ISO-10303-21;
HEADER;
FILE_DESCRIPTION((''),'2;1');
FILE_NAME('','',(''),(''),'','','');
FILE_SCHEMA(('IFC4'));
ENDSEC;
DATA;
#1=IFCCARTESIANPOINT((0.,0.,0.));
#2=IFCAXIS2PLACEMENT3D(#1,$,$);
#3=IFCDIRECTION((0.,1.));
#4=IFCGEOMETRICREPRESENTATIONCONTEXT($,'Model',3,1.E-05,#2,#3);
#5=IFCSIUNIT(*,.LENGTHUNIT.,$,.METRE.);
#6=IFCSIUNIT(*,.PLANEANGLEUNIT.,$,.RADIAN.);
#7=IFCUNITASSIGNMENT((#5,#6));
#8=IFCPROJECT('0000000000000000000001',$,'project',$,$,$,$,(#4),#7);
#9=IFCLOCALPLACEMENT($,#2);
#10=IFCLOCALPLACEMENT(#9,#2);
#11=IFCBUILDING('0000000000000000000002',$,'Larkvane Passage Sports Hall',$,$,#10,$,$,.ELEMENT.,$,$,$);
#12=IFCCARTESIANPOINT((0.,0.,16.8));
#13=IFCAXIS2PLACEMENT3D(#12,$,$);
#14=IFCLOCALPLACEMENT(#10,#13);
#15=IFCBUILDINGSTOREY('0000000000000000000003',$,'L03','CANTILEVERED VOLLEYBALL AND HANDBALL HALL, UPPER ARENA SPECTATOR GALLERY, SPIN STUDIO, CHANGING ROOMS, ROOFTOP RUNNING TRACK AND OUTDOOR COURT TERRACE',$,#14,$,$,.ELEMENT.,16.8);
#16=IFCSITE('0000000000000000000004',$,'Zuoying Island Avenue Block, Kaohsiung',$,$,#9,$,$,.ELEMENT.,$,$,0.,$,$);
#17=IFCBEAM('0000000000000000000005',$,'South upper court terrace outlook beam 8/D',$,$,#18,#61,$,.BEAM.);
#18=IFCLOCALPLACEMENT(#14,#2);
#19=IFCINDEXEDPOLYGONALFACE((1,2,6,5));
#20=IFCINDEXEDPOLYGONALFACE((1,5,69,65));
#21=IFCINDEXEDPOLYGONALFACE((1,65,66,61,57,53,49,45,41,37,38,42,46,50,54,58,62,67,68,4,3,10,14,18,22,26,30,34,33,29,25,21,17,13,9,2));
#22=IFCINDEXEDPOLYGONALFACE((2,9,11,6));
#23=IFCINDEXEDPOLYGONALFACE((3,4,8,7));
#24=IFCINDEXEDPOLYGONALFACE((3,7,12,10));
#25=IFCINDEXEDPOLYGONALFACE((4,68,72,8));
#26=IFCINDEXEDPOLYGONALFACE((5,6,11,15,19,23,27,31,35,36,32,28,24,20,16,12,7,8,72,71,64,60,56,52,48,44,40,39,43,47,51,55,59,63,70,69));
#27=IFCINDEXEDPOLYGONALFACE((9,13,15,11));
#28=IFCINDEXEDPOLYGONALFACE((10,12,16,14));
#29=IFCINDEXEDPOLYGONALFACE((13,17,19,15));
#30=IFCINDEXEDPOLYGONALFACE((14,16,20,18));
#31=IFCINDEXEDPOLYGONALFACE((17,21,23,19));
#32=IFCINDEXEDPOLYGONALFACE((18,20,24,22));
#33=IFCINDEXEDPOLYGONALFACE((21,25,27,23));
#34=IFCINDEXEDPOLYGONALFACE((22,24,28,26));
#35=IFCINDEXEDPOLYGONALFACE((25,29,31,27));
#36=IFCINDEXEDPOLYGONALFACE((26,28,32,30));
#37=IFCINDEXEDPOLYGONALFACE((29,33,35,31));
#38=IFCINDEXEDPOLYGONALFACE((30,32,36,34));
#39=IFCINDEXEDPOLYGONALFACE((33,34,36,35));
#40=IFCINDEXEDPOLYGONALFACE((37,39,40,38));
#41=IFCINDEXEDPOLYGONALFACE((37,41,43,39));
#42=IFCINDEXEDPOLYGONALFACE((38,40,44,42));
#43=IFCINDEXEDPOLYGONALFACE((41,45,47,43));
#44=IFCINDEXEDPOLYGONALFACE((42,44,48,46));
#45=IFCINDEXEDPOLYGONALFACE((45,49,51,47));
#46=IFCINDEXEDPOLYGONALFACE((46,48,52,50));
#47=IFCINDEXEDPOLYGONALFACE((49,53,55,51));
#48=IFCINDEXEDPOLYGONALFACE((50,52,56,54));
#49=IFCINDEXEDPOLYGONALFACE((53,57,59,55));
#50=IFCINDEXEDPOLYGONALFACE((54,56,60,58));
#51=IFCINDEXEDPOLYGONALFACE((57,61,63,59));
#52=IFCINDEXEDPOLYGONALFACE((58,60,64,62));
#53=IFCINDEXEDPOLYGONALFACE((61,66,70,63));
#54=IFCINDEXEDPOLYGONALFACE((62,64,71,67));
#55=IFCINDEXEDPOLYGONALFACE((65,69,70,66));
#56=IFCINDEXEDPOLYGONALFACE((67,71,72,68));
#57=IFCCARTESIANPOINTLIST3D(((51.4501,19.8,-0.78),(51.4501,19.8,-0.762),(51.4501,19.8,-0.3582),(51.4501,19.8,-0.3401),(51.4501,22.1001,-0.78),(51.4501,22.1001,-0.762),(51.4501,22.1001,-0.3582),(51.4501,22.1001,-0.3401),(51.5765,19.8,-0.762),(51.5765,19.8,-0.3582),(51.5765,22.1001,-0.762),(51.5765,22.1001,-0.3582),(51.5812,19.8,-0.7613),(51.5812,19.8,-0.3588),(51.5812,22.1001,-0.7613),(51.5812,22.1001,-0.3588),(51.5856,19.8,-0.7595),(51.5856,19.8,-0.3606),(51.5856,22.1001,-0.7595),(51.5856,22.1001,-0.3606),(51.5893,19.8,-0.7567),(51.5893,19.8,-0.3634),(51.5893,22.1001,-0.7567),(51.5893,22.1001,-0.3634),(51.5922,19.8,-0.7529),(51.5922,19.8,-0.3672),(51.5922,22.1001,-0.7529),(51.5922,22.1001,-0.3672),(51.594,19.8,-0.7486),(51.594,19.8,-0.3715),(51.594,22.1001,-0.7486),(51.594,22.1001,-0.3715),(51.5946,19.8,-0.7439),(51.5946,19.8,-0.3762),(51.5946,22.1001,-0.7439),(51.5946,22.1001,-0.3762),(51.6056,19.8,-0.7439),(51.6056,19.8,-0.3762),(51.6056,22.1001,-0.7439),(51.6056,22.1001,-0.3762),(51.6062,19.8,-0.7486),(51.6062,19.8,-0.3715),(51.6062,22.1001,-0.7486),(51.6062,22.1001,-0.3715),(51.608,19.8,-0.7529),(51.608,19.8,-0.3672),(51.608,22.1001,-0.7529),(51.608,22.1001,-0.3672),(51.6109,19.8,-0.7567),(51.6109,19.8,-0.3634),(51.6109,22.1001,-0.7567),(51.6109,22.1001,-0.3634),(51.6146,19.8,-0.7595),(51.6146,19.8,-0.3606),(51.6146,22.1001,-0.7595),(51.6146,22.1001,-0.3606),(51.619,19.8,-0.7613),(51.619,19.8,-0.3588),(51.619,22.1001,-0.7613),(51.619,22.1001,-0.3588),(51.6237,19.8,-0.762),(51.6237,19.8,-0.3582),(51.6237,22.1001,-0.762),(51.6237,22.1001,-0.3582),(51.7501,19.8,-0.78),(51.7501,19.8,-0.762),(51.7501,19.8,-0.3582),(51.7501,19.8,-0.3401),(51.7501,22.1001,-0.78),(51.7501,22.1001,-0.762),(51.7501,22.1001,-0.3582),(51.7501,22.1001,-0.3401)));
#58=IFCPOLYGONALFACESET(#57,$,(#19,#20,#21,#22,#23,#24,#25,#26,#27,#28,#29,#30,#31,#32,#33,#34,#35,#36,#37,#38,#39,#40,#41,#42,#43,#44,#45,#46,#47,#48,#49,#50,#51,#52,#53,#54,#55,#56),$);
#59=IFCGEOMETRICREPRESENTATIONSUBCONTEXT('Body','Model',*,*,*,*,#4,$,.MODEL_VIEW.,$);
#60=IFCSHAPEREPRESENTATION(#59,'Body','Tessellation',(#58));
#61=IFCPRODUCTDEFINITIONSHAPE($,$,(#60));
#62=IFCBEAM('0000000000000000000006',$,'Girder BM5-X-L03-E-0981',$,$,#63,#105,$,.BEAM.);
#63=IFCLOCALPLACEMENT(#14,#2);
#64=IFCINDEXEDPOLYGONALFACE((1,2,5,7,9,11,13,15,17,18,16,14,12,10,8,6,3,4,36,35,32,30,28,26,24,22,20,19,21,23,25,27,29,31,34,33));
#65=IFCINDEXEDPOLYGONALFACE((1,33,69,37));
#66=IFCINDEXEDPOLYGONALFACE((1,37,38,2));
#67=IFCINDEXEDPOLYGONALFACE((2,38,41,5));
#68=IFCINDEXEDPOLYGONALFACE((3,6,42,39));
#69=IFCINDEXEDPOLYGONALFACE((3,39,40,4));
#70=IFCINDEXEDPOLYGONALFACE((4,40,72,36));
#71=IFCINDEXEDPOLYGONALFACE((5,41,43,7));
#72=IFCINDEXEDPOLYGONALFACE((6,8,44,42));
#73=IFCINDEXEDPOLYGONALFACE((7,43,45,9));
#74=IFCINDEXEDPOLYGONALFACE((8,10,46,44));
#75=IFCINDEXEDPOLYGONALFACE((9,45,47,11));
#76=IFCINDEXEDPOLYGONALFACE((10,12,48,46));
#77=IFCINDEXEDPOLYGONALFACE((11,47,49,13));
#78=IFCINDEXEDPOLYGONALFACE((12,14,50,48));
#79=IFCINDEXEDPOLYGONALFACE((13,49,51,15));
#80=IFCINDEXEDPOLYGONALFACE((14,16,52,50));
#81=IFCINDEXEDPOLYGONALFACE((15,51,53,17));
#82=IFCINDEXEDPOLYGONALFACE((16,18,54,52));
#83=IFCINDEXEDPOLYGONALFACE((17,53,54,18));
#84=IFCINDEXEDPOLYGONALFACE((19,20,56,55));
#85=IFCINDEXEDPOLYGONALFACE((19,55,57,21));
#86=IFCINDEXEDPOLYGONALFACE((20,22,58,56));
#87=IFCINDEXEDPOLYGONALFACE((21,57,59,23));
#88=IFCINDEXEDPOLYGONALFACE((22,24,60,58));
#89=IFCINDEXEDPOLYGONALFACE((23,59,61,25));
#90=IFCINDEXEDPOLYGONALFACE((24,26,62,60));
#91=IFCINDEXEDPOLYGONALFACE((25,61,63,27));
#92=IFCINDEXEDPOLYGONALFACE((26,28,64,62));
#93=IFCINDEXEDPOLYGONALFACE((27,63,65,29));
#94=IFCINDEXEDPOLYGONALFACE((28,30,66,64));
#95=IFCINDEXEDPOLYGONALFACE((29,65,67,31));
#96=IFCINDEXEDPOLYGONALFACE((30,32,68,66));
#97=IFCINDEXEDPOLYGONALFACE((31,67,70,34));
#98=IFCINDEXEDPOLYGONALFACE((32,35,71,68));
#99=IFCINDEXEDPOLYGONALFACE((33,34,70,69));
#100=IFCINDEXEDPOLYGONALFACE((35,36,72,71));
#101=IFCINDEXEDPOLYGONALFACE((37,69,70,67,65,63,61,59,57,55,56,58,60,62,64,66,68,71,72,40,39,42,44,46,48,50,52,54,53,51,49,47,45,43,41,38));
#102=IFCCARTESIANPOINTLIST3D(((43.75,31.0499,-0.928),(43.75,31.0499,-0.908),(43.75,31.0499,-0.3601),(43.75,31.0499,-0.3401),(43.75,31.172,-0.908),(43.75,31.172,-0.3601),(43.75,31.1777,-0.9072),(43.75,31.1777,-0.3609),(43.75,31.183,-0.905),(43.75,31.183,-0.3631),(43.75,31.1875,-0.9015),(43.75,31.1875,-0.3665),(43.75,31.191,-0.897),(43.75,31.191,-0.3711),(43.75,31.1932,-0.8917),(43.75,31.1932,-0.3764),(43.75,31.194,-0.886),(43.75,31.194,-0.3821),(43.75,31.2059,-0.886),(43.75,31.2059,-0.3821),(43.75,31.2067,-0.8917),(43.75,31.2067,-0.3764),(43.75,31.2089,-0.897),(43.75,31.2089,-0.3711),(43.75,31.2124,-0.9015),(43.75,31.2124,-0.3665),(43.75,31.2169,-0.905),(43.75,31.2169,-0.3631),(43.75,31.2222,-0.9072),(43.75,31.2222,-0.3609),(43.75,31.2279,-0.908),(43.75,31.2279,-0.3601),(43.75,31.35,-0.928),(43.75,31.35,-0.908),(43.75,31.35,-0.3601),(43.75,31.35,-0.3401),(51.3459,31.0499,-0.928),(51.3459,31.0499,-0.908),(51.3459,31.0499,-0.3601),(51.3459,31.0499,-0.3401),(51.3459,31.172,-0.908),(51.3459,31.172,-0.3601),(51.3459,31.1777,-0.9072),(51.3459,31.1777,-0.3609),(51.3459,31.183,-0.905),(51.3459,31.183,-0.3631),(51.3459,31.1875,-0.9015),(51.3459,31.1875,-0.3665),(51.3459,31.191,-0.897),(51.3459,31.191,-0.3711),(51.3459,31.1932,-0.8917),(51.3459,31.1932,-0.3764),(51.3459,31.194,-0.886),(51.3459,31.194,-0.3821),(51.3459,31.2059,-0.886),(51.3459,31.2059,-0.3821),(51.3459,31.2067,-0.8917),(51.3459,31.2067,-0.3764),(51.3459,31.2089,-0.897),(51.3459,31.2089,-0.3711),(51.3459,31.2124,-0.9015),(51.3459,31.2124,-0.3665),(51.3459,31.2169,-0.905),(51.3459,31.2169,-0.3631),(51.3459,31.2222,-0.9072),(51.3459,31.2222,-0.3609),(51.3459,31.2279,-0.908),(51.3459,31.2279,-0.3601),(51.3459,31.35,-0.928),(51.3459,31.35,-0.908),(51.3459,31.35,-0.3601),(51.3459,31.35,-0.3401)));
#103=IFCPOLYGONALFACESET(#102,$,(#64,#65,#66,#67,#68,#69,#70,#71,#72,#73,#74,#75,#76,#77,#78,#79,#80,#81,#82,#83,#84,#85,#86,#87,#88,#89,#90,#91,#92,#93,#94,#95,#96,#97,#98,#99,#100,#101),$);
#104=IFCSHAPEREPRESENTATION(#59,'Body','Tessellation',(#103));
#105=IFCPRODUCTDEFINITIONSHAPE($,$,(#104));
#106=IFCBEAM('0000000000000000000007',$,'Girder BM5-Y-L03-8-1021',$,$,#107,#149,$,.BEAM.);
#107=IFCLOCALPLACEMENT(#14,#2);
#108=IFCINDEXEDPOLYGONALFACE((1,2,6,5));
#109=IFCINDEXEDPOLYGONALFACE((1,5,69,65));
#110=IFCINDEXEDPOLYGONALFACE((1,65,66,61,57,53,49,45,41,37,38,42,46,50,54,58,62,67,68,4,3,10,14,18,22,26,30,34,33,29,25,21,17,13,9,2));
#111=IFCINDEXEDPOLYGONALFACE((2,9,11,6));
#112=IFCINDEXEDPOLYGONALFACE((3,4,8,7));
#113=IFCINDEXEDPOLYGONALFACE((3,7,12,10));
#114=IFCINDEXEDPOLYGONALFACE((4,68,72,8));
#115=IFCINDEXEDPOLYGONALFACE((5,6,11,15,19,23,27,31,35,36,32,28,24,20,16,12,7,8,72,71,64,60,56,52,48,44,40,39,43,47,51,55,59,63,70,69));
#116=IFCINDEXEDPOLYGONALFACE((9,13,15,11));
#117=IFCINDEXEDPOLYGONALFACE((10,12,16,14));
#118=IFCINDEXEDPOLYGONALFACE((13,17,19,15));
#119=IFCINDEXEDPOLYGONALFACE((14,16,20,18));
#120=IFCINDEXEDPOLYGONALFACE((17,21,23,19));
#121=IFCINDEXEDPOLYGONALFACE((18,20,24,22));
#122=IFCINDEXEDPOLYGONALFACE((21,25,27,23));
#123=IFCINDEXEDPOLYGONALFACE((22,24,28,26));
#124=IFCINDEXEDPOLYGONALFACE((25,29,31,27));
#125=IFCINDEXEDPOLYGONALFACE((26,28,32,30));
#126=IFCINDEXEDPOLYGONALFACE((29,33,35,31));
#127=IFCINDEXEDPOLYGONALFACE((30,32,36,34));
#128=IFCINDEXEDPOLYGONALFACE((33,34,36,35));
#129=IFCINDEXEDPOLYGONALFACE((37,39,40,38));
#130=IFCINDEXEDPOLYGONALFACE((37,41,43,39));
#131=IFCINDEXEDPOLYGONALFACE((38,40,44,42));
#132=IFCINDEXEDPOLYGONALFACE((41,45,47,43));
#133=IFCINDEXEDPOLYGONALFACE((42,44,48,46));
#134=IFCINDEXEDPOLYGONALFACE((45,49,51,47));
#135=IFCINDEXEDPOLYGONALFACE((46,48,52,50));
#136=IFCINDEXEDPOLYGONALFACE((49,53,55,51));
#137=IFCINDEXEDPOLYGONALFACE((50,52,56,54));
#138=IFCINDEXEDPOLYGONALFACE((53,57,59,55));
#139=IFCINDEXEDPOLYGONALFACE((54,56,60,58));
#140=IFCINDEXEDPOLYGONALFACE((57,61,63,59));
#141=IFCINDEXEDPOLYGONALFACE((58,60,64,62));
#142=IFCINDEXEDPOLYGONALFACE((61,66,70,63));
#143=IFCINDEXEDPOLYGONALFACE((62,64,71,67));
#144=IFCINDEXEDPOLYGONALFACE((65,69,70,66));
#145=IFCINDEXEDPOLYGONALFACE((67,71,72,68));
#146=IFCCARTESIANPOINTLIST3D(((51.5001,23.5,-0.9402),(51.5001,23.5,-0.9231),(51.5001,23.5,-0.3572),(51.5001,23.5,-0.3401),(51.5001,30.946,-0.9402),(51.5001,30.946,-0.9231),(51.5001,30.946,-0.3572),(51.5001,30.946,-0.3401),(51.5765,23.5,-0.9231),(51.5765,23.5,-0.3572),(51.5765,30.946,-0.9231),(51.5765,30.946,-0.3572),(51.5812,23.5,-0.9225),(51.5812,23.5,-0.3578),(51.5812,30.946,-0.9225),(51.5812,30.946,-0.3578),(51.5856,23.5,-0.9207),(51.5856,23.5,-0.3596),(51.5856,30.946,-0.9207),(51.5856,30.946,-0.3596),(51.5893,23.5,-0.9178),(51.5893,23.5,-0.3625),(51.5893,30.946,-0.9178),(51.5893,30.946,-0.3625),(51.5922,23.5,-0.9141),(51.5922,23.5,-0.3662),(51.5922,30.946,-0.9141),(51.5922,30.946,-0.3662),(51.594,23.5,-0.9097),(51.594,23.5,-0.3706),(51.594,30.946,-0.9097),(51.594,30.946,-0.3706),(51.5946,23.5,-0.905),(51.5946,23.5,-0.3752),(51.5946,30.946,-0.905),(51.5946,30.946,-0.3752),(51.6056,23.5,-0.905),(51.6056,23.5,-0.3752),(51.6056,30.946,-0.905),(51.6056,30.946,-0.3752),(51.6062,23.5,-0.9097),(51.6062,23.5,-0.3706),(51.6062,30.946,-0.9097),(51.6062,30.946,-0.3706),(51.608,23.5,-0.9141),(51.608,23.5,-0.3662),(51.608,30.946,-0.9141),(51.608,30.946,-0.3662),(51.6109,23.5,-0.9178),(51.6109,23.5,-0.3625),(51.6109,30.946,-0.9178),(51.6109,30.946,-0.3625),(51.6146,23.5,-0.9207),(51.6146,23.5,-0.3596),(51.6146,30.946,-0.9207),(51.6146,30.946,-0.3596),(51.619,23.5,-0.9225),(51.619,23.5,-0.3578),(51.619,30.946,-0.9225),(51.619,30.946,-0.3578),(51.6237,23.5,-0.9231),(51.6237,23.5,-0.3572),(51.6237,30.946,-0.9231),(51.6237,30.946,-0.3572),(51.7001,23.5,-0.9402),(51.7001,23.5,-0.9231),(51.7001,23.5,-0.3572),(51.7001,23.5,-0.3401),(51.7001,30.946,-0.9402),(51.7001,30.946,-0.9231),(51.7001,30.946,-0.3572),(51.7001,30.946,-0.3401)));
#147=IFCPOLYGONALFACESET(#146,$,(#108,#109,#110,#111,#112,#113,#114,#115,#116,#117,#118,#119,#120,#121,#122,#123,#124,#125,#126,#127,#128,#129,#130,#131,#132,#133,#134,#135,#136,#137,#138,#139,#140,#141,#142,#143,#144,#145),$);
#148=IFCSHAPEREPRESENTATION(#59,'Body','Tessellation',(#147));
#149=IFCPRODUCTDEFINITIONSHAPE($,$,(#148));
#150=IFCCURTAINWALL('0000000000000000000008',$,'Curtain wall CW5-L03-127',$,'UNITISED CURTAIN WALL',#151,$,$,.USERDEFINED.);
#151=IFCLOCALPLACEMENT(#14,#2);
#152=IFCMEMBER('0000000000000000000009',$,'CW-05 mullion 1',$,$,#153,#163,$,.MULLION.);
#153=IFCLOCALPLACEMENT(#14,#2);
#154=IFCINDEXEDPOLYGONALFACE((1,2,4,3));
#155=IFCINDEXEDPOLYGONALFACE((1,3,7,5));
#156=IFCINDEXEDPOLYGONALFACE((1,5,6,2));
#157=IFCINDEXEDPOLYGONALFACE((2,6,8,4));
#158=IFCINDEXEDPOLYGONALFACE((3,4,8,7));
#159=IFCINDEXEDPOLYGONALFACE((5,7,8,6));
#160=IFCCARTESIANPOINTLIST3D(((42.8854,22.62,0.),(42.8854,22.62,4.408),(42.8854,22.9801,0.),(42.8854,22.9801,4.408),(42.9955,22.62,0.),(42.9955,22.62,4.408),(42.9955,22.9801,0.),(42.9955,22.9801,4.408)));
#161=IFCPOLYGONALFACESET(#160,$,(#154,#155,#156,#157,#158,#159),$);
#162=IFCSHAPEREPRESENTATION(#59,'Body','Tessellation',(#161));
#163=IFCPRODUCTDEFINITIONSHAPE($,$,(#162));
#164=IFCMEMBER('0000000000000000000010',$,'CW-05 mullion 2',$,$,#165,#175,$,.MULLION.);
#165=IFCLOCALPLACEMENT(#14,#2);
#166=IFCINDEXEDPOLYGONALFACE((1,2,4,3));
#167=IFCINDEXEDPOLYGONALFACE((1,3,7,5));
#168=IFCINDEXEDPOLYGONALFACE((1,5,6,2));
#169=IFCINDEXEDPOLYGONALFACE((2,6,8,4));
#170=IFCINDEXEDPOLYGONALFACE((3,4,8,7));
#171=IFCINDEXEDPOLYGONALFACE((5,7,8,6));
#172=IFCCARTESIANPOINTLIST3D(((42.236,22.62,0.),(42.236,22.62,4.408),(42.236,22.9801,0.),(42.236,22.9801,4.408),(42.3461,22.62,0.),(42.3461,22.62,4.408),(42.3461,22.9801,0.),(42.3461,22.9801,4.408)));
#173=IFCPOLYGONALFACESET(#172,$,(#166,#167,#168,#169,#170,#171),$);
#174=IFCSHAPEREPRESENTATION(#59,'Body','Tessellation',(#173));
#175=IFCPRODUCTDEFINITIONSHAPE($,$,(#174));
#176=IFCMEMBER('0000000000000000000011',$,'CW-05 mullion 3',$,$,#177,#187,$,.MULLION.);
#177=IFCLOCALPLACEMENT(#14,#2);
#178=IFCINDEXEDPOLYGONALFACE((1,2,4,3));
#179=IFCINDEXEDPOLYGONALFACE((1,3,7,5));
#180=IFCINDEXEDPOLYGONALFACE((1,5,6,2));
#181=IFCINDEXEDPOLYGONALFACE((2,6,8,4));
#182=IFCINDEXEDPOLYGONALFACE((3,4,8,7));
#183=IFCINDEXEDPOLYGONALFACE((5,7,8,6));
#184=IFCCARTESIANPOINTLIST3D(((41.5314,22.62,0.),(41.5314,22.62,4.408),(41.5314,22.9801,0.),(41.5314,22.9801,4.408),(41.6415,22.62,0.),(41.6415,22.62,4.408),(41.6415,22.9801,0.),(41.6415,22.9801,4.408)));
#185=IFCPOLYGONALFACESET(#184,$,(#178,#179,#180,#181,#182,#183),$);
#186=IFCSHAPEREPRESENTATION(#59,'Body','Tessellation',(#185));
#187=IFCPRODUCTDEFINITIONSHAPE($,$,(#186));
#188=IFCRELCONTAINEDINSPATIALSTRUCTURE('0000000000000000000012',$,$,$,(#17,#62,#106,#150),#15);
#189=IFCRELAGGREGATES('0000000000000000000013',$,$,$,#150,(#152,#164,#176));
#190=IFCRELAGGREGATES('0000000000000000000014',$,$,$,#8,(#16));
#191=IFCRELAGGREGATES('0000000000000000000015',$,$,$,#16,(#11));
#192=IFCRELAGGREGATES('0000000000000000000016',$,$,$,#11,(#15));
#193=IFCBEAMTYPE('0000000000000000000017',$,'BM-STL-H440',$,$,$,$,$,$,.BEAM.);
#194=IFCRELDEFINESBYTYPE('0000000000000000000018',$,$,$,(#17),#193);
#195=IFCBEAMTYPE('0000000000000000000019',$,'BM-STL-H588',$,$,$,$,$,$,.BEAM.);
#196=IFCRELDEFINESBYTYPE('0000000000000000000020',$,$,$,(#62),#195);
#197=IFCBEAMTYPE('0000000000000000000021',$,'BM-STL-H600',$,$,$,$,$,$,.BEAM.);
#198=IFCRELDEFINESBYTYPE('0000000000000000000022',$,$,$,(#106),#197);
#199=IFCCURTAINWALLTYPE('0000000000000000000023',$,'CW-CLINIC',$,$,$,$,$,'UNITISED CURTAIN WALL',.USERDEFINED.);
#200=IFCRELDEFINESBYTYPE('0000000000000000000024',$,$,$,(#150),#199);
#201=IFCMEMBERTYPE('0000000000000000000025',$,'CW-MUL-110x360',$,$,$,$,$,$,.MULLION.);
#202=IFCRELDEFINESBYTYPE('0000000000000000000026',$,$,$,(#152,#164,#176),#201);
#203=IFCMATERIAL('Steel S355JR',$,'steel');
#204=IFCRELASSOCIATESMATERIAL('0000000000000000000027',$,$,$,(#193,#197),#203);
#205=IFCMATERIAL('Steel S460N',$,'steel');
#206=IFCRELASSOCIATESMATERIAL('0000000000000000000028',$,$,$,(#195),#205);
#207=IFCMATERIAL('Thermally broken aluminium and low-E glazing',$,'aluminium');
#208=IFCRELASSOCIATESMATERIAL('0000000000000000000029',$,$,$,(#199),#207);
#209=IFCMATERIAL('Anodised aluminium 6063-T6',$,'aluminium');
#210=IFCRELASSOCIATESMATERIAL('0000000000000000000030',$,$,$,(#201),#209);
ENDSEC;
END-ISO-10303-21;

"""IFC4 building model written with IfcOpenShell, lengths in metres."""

from ifc_helpers import new_model, si_unit, direction, frame, origin, origin_2d, place, context, subcontext, project, spatial, rectangle, i_section, extrude, material, material_profile, profile_set, type_object, element, aggregate, save


model = new_model("IFC4")

# Units and contexts
model_context = context("Model", 3, precision=1e-05, world=origin(), true_north=direction((0.0, 1.0)))
body_context = subcontext(model_context, "Body", "Model", "MODEL_VIEW")
ifc_project = project(units=[si_unit("LENGTHUNIT", "METRE"), si_unit("PLANEANGLEUNIT", "RADIAN")], contexts=[model_context])

# Site, building, storey
site_placement = place(None, origin())
site = spatial("IfcSite", under=ifc_project, at=site_placement, Name="Zuoying Island Avenue Block, Kaohsiung", CompositionType="ELEMENT", RefElevation=0.0)
building_placement = place(site_placement, origin())
building = spatial("IfcBuilding", under=site, at=building_placement, Name="Larkvane Passage Sports Hall", CompositionType="ELEMENT")
storey_placement = place(building_placement, frame((0.0, 0.0, 16.8)))
storey = spatial("IfcBuildingStorey", under=building, at=storey_placement, Name="L03", Description="CANTILEVERED VOLLEYBALL AND HANDBALL HALL, UPPER ARENA SPECTATOR GALLERY, SPIN STUDIO, CHANGING ROOMS, ROOFTOP RUNNING TRACK AND OUTDOOR COURT TERRACE", CompositionType="ELEMENT", Elevation=16.8)

# Shared definitions
ifc_material_1 = material(Name="Steel S460N", Category="steel")

# Beams
ifc_material_2 = material(Name="Steel S355JR", Category="steel")
ifc_material_profile_1 = material_profile(ifc_material_2, i_section(OverallWidth=0.3, OverallDepth=0.4399, WebThickness=0.011, FlangeThickness=0.0181, FilletRadius=0.0181, at=origin_2d()), Name="H-440x300x11x18")
ifc_profile_set_1 = profile_set([ifc_material_profile_1], Name="Steel S355JR")
beam_type_1 = type_object("IfcBeamType", Name="BM-STL-H440", PredefinedType="BEAM", material=ifc_profile_set_1)
beam_1_placement = place(storey_placement, frame((51.6001, 19.8, -0.5601), z_axis=(0.0, 1.0, 0.0), x_axis=(-1.0, 0.0, 0.0)))
element("IfcBeam", 1, at=beam_1_placement, inside=storey, type_object=beam_type_1, Name="South upper court terrace outlook beam 8/D", PredefinedType="BEAM", context=body_context, shape_type="SweptSolid", body=[
    extrude(i_section(OverallWidth=0.3, OverallDepth=0.4399, WebThickness=0.011, FlangeThickness=0.0181, FilletRadius=0.0181, at=origin_2d()), origin(), (0.0, 0.0, 1.0), 2.3),
])
ifc_material_profile_2 = material_profile(ifc_material_1, i_section(OverallWidth=0.3, OverallDepth=0.5879, WebThickness=0.012, FlangeThickness=0.02, FilletRadius=0.022, at=origin_2d()), Name="H-588x300x12x20")
ifc_profile_set_2 = profile_set([ifc_material_profile_2], Name="Steel S460N")
beam_type_2 = type_object("IfcBeamType", Name="BM-STL-H588", PredefinedType="BEAM", material=ifc_profile_set_2)
beam_2_placement = place(storey_placement, frame((43.75, 31.2, -0.634), z_axis=(1.0, 0.0, 0.0), x_axis=(0.0, 1.0, 0.0)))
element("IfcBeam", 2, at=beam_2_placement, inside=storey, type_object=beam_type_2, Name="Girder BM5-X-L03-E-0981", PredefinedType="BEAM", context=body_context, shape_type="SweptSolid", body=[
    extrude(i_section(OverallWidth=0.3, OverallDepth=0.5879, WebThickness=0.012, FlangeThickness=0.02, FilletRadius=0.022, at=origin_2d()), origin(), (0.0, 0.0, 1.0), 7.5959),
])
ifc_material_profile_3 = material_profile(ifc_material_2, i_section(OverallWidth=0.2, OverallDepth=0.6001, WebThickness=0.011, FlangeThickness=0.0171, FilletRadius=0.0181, at=origin_2d()), Name="H-600x200x11x17")
ifc_profile_set_3 = profile_set([ifc_material_profile_3], Name="Steel S355JR")
beam_type_3 = type_object("IfcBeamType", Name="BM-STL-H600", PredefinedType="BEAM", material=ifc_profile_set_3)
beam_3_placement = place(storey_placement, frame((51.6001, 23.5, -0.6401), z_axis=(0.0, 1.0, 0.0), x_axis=(-1.0, 0.0, 0.0)))
element("IfcBeam", 3, at=beam_3_placement, inside=storey, type_object=beam_type_3, Name="Girder BM5-Y-L03-8-1021", PredefinedType="BEAM", context=body_context, shape_type="SweptSolid", body=[
    extrude(i_section(OverallWidth=0.2, OverallDepth=0.6001, WebThickness=0.011, FlangeThickness=0.0171, FilletRadius=0.0181, at=origin_2d()), origin(), (0.0, 0.0, 1.0), 7.446),
])

# Curtain wall, members
ifc_material_3 = material(Name="Thermally broken aluminium and low-E glazing", Category="aluminium")
curtain_wall_type = type_object("IfcCurtainWallType", Name="CW-CLINIC", ElementType="UNITISED CURTAIN WALL", PredefinedType="USERDEFINED", material=ifc_material_3)
curtain_wall_placement = place(storey_placement, origin())
curtain_wall = element("IfcCurtainWall", 4, at=curtain_wall_placement, inside=storey, type_object=curtain_wall_type, Name="Curtain wall CW5-L03-127", ObjectType="UNITISED CURTAIN WALL", PredefinedType="USERDEFINED")
ifc_material_4 = material(Name="Anodised aluminium 6063-T6", Category="aluminium")
ifc_material_profile_4 = material_profile(ifc_material_4, rectangle(XDim=0.1101, YDim=0.3601, at=origin_2d()), Name="ALU-MUL-110x360")
ifc_profile_set_4 = profile_set([ifc_material_profile_4], Name="Anodised aluminium 6063-T6")
member_type_1 = type_object("IfcMemberType", Name="CW-MUL-110x360", PredefinedType="MULLION", material=ifc_profile_set_4)
member_1_placement = place(storey_placement, frame((42.9404, 22.8, 0.0), z_axis=(0.0, 0.0, 1.0), x_axis=(-1.0, 0.0, 0.0)))
member_1 = element("IfcMember", 5, at=member_1_placement, type_object=member_type_1, Name="CW-05 mullion 1", PredefinedType="MULLION", context=body_context, shape_type="SweptSolid", body=[
    extrude(rectangle(XDim=0.1101, YDim=0.3601, at=origin_2d()), origin(), (0.0, 0.0, 1.0), 4.408),
])
member_2_placement = place(storey_placement, frame((42.291, 22.8, 0.0), z_axis=(0.0, 0.0, 1.0), x_axis=(-1.0, 0.0, 0.0)))
member_2 = element("IfcMember", 6, at=member_2_placement, type_object=member_type_1, Name="CW-05 mullion 2", PredefinedType="MULLION", context=body_context, shape_type="SweptSolid", body=[
    extrude(rectangle(XDim=0.1101, YDim=0.3601, at=origin_2d()), origin(), (0.0, 0.0, 1.0), 4.408),
])
member_3_placement = place(storey_placement, frame((41.5864, 22.8, 0.0), z_axis=(0.0, 0.0, 1.0), x_axis=(-1.0, 0.0, 0.0)))
member_3 = element("IfcMember", 7, at=member_3_placement, type_object=member_type_1, Name="CW-05 mullion 3", PredefinedType="MULLION", context=body_context, shape_type="SweptSolid", body=[
    extrude(rectangle(XDim=0.1101, YDim=0.3601, at=origin_2d()), origin(), (0.0, 0.0, 1.0), 4.408),
])

aggregate(curtain_wall, [member_1, member_2, member_3])

save(model, "model.ifc")
